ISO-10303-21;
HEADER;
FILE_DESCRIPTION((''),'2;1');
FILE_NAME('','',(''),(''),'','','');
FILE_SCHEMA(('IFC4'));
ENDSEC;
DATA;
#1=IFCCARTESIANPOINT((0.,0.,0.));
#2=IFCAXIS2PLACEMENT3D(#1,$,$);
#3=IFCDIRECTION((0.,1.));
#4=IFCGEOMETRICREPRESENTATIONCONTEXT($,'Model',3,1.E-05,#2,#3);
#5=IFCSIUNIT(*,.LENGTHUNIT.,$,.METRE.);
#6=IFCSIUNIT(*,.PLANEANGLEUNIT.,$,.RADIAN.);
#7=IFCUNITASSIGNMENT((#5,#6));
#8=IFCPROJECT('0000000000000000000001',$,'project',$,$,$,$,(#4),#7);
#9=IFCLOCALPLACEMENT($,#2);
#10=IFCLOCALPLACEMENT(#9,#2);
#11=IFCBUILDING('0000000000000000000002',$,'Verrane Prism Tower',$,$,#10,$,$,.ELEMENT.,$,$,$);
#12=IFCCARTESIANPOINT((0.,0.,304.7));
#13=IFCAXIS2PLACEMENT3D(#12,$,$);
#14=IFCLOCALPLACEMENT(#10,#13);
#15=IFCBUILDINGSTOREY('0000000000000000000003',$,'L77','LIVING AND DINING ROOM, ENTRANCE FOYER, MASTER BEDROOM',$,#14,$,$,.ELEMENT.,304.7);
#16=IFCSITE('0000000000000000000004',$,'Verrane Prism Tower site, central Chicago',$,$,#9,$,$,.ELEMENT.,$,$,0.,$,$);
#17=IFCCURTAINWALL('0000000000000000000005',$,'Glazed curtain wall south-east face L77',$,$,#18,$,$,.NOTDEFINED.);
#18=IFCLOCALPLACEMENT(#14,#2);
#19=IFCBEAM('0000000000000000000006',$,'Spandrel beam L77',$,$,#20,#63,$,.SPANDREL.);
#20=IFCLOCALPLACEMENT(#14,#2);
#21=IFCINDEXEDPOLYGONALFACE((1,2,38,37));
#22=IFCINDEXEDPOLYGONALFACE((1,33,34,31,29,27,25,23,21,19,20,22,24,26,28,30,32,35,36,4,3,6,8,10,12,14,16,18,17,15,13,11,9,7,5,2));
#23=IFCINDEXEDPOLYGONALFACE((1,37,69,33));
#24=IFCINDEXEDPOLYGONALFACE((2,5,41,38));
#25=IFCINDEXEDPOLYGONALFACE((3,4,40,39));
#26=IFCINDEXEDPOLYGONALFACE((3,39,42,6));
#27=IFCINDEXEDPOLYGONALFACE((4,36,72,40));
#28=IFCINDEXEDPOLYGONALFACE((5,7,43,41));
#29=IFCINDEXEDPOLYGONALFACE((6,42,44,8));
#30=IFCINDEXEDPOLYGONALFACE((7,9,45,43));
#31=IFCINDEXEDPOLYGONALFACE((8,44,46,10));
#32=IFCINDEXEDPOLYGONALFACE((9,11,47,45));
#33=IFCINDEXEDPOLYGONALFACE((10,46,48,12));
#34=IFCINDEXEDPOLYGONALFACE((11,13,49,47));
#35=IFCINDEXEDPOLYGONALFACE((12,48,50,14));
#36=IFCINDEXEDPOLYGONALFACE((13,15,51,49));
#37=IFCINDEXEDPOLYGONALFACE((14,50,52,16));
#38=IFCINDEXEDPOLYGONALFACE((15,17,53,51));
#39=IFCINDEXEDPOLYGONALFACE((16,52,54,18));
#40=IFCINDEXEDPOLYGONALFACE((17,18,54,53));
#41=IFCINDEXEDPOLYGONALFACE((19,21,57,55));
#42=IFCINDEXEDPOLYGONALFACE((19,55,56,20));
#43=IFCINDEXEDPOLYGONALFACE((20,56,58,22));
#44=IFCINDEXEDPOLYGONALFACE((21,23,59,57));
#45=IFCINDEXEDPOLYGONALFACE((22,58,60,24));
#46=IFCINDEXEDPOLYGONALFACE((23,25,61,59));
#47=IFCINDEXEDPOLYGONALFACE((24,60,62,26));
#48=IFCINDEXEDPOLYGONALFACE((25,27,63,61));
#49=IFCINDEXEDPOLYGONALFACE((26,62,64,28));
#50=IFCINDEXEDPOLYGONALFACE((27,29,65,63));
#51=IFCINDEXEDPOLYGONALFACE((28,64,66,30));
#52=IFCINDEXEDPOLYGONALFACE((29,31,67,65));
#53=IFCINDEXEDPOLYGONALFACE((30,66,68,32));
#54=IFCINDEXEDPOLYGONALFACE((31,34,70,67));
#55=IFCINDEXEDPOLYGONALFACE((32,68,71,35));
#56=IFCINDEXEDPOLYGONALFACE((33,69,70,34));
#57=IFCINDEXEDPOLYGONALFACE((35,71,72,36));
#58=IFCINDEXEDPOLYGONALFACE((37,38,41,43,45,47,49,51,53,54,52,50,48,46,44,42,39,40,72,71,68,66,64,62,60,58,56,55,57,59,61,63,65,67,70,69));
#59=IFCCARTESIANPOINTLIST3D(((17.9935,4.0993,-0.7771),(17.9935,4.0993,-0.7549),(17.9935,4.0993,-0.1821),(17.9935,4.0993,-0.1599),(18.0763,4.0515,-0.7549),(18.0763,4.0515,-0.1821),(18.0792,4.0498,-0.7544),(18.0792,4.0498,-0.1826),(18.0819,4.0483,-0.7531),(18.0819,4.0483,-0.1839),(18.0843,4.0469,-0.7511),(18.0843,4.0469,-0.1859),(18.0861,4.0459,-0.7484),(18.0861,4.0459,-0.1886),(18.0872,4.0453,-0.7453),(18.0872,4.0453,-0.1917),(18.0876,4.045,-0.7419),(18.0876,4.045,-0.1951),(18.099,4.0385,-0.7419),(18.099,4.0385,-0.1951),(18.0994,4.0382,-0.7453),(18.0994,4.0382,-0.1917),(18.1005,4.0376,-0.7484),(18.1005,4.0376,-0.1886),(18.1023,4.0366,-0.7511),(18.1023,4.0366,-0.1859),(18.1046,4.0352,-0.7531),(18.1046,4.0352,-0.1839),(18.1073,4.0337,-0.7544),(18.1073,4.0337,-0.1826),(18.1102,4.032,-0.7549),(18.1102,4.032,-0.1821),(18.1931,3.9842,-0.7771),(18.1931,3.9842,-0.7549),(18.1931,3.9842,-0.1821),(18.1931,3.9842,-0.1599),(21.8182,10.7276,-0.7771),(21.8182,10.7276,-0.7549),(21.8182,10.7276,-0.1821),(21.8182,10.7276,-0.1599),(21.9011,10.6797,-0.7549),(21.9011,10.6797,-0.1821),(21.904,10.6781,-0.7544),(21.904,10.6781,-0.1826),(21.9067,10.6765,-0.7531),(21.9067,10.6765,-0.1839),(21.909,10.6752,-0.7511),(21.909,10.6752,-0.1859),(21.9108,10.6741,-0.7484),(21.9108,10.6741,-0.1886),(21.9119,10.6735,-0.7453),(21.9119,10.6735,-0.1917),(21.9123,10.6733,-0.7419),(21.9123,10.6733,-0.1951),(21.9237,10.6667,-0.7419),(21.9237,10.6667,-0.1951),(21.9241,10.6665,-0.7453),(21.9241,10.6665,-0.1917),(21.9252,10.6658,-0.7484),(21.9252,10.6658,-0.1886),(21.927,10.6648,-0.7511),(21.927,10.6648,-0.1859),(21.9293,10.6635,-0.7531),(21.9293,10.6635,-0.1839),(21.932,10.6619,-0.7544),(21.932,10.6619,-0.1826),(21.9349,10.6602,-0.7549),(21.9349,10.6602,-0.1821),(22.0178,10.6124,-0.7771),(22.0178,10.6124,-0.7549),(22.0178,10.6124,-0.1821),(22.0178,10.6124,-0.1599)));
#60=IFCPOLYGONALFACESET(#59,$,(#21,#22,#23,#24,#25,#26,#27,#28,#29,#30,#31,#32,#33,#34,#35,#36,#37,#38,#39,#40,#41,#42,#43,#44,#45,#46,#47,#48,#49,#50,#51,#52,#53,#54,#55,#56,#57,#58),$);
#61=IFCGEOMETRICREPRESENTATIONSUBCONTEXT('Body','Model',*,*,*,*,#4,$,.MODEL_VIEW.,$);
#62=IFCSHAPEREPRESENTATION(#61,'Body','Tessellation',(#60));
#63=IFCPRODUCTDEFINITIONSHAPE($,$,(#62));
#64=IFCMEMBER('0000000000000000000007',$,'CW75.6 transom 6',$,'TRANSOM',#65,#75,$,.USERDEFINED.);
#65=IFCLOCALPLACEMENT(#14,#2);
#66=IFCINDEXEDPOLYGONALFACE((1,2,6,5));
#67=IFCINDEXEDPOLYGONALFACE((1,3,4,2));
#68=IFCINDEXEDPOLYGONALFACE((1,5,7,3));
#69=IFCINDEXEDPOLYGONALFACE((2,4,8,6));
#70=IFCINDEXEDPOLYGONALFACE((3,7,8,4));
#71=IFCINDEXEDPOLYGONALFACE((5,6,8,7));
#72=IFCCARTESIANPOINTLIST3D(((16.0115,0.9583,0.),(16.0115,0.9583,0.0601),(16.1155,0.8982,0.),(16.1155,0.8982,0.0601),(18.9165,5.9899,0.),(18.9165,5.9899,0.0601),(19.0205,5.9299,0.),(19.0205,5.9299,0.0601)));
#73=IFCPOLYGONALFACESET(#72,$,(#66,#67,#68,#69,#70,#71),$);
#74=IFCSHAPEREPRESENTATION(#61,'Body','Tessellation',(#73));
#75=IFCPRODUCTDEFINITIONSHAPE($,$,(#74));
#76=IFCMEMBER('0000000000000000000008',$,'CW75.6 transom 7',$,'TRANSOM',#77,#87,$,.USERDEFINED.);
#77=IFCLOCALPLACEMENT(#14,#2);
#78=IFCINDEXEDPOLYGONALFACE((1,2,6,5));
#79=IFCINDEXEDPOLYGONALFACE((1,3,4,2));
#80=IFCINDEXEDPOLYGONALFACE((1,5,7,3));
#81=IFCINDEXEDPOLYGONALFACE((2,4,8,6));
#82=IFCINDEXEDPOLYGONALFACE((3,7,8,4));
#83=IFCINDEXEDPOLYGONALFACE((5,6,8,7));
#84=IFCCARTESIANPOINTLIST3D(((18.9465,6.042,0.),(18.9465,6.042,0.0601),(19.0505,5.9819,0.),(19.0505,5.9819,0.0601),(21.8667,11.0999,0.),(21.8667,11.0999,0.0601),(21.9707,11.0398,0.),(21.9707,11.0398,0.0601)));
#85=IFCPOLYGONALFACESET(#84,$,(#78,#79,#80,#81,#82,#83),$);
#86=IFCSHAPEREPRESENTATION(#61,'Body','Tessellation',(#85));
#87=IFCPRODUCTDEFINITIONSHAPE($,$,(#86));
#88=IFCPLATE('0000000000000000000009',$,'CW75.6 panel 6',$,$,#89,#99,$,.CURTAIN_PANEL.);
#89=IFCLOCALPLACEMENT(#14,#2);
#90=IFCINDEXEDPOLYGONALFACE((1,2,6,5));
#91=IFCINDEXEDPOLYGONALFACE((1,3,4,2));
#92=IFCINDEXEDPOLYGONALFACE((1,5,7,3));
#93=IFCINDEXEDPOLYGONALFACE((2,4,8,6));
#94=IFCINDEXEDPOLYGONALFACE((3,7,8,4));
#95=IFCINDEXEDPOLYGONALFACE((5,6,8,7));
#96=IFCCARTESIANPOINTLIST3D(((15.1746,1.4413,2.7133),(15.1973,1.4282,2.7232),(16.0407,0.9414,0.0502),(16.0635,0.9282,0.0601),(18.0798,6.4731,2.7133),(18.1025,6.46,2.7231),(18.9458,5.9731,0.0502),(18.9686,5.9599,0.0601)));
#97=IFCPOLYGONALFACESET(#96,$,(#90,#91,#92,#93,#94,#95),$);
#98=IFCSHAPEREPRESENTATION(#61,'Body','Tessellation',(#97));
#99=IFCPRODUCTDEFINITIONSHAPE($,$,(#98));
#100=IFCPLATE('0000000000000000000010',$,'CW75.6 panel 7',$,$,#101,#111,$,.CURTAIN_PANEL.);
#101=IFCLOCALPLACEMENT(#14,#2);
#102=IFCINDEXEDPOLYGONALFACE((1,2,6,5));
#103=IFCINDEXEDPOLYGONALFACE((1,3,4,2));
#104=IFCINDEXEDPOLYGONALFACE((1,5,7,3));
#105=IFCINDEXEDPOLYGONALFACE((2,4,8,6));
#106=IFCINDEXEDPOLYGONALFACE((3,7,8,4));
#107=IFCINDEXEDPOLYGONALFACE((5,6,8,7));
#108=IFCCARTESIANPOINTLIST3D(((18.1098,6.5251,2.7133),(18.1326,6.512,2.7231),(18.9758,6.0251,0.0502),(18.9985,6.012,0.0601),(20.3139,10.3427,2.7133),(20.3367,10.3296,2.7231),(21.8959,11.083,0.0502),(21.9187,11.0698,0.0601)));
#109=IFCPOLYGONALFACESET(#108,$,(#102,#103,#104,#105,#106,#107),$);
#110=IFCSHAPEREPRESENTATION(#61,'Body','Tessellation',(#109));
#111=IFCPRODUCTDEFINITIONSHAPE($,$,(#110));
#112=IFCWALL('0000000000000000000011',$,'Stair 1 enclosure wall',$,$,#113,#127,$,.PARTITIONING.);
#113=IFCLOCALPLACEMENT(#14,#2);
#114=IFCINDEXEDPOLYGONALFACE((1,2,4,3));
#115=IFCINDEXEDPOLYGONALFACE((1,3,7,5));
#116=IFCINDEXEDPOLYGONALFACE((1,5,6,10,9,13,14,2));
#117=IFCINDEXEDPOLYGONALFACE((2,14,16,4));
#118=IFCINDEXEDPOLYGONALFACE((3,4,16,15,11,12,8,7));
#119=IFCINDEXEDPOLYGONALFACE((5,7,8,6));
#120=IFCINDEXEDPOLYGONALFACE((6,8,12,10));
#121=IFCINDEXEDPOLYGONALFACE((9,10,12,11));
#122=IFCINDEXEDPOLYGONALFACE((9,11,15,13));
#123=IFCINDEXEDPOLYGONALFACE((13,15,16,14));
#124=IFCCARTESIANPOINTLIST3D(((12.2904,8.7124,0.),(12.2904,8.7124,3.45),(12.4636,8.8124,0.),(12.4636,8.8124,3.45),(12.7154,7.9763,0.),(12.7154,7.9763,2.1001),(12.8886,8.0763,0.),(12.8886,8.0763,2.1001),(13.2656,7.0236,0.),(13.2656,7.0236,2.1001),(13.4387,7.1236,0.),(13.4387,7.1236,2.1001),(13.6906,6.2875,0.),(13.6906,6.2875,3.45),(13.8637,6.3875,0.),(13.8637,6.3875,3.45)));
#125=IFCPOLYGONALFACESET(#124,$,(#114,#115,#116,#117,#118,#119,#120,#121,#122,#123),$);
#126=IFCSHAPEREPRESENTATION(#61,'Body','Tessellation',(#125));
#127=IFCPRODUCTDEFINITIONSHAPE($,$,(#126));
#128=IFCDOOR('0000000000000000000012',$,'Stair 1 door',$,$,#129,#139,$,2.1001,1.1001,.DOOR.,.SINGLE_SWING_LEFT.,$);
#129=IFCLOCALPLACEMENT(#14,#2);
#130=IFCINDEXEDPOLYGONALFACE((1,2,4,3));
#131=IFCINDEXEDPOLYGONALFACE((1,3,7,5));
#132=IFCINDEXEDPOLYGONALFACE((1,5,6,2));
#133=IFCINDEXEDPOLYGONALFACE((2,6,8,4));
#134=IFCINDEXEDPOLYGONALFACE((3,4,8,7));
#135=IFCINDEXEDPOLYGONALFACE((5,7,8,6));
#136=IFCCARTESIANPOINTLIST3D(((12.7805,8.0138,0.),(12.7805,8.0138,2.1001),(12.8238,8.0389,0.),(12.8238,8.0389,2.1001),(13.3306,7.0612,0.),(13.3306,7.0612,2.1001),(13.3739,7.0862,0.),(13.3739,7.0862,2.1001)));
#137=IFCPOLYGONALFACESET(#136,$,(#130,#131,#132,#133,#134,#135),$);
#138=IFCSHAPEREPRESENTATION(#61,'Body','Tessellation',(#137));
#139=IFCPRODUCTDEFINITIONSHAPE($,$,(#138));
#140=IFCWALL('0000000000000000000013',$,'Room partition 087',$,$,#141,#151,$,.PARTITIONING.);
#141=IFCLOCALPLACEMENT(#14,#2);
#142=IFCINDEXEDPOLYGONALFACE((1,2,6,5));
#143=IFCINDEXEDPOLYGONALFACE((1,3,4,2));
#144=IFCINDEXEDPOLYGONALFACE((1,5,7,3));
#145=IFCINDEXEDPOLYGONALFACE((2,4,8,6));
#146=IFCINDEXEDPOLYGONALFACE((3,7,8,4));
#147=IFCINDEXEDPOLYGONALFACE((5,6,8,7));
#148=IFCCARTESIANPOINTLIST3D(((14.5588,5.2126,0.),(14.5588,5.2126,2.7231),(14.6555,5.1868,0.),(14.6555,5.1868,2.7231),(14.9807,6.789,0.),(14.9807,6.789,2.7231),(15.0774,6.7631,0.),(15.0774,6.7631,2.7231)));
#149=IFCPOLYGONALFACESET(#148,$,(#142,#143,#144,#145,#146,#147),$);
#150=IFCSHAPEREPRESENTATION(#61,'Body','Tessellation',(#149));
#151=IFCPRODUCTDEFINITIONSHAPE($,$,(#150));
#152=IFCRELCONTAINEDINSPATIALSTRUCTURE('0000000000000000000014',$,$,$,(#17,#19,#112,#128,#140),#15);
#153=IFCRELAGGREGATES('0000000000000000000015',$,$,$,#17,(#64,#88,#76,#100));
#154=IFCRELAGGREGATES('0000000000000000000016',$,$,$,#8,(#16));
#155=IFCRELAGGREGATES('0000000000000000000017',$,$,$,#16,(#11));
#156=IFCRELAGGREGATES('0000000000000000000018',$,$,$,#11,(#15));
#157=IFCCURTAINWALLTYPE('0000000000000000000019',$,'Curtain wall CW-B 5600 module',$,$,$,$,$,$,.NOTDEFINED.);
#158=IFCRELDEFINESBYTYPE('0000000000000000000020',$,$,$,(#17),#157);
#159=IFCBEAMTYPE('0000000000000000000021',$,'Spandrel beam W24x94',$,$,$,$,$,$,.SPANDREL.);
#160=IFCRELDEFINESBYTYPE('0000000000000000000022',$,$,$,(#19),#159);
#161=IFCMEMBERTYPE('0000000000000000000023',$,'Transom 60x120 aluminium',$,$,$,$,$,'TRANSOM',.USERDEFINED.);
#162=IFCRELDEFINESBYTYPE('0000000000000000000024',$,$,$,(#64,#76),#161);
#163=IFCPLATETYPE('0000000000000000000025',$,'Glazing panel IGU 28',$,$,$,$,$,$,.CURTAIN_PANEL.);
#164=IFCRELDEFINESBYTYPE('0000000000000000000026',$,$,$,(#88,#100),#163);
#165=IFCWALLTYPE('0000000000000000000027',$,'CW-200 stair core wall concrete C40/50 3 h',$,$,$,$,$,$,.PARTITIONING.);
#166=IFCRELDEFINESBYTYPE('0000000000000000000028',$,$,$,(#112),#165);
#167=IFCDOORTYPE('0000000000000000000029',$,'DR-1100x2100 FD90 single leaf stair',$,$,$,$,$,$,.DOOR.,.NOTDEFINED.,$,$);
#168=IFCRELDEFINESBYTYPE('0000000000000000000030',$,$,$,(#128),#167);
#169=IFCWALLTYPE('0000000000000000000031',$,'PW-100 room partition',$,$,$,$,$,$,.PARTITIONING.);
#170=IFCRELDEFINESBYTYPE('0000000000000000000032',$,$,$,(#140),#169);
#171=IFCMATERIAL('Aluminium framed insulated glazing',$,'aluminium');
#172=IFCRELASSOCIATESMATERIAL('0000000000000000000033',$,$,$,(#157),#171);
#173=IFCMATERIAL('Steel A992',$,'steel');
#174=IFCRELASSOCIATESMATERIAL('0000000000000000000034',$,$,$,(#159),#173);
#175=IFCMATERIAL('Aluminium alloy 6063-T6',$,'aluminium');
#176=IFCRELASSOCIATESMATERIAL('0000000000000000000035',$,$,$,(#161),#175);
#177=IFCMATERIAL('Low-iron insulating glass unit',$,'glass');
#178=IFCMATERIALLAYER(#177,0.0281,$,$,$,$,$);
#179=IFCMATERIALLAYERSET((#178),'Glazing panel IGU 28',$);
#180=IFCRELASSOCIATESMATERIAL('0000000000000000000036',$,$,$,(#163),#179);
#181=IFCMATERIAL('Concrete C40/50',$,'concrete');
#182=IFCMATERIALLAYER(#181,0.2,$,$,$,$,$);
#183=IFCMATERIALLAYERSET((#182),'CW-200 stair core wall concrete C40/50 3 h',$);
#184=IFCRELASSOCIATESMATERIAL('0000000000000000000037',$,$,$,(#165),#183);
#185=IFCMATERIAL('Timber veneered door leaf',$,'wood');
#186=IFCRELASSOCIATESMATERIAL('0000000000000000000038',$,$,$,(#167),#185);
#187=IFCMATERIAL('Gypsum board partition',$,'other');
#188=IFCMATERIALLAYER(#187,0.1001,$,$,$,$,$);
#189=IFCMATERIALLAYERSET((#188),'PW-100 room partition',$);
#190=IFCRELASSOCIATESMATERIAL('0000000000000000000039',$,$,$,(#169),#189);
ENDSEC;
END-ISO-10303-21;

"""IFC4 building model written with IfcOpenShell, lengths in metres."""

from ifc_helpers import new_model, si_unit, direction, frame, frame_2d, origin, origin_2d, place, context, subcontext, project, spatial, polyline, rectangle, i_section, outline, extrude, material, layer, layer_set, material_profile, profile_set, type_object, element, fill, aggregate, save


model = new_model("IFC4")

# Units and contexts
model_context = context("Model", 3, precision=1e-05, world=origin(), true_north=direction((0.0, 1.0)))
body_context = subcontext(model_context, "Body", "Model", "MODEL_VIEW")
ifc_project = project(units=[si_unit("LENGTHUNIT", "METRE"), si_unit("PLANEANGLEUNIT", "RADIAN")], contexts=[model_context])

# Site, building, storey
site_placement = place(None, origin())
site = spatial("IfcSite", under=ifc_project, at=site_placement, Name="Verrane Prism Tower site, central Chicago", CompositionType="ELEMENT", RefElevation=0.0)
building_placement = place(site_placement, origin())
building = spatial("IfcBuilding", under=site, at=building_placement, Name="Verrane Prism Tower", CompositionType="ELEMENT")
storey_placement = place(building_placement, frame((0.0, 0.0, 304.7)))
storey = spatial("IfcBuildingStorey", under=building, at=storey_placement, Name="L77", Description="LIVING AND DINING ROOM, ENTRANCE FOYER, MASTER BEDROOM", CompositionType="ELEMENT", Elevation=304.7)

# Curtain wall
ifc_material_1 = material(Name="Aluminium framed insulated glazing", Category="aluminium")
curtain_wall_type = type_object("IfcCurtainWallType", Name="Curtain wall CW-B 5600 module", PredefinedType="NOTDEFINED", material=ifc_material_1)
curtain_wall_placement = place(storey_placement, origin())
curtain_wall = element("IfcCurtainWall", 1, at=curtain_wall_placement, inside=storey, type_object=curtain_wall_type, Name="Glazed curtain wall south-east face L77", PredefinedType="NOTDEFINED")

# Beam
ifc_material_2 = material(Name="Steel A992", Category="steel")
ifc_material_profile_1 = material_profile(ifc_material_2, i_section(OverallWidth=0.2305, OverallDepth=0.6172, WebThickness=0.0132, FlangeThickness=0.0222, FilletRadius=0.0129, at=origin_2d()), Name="W24x94")
ifc_profile_set_1 = profile_set([ifc_material_profile_1], Name="Steel A992")
beam_type_1 = type_object("IfcBeamType", Name="Spandrel beam W24x94", PredefinedType="SPANDREL", material=ifc_profile_set_1)
beam_1_placement = place(storey_placement, frame((18.0933, 4.0417, -0.4685), z_axis=(0.499797, 0.866143, 0.0), x_axis=(-0.866143, 0.499797, 0.0)))
element("IfcBeam", 2, at=beam_1_placement, inside=storey, type_object=beam_type_1, Name="Spandrel beam L77", PredefinedType="SPANDREL", context=body_context, shape_type="SweptSolid", body=[
    extrude(i_section(OverallWidth=0.2305, OverallDepth=0.6172, WebThickness=0.0132, FlangeThickness=0.0222, FilletRadius=0.0129, at=origin_2d()), origin(), (0.0, 0.0, 1.0), 7.6526),
])

# Members
ifc_material_3 = material(Name="Aluminium alloy 6063-T6", Category="aluminium")
ifc_material_profile_2 = material_profile(ifc_material_3, rectangle(XDim=0.1201, YDim=0.0601, at=origin_2d()), Name="Transom 60x120 aluminium")
ifc_profile_set_2 = profile_set([ifc_material_profile_2], Name="Aluminium alloy 6063-T6")
member_type_1 = type_object("IfcMemberType", Name="Transom 60x120 aluminium", ElementType="TRANSOM", PredefinedType="USERDEFINED", material=ifc_profile_set_2)
member_1_placement = place(storey_placement, frame((16.0635, 0.9282, 0.03), z_axis=(0.499994, 0.866029, 0.0), x_axis=(-0.866029, 0.499994, 0.0)))
member_1 = element("IfcMember", 3, at=member_1_placement, type_object=member_type_1, Name="CW75.6 transom 6", ObjectType="TRANSOM", PredefinedType="USERDEFINED", context=body_context, shape_type="SweptSolid", body=[
    extrude(rectangle(XDim=0.1201, YDim=0.0601, at=origin_2d()), origin(), (0.0, 0.0, 1.0), 5.8101),
])
member_2_placement = place(storey_placement, frame((18.9985, 6.012, 0.03), z_axis=(0.500001, 0.866025, 0.0), x_axis=(-0.866025, 0.500001, 0.0)))
member_2 = element("IfcMember", 4, at=member_2_placement, type_object=member_type_1, Name="CW75.6 transom 7", ObjectType="TRANSOM", PredefinedType="USERDEFINED", context=body_context, shape_type="SweptSolid", body=[
    extrude(rectangle(XDim=0.1201, YDim=0.0601, at=origin_2d()), origin(), (0.0, 0.0, 1.0), 5.8403),
])

# Plates
ifc_material_4 = material(Name="Low-iron insulating glass unit", Category="glass")
ifc_layer_1 = layer(ifc_material_4, 0.0281)
ifc_layer_set_1 = layer_set([ifc_layer_1], Name="Glazing panel IGU 28")
plate_type = type_object("IfcPlateType", Name="Glazing panel IGU 28", PredefinedType="CURTAIN_PANEL", material=ifc_layer_set_1)
plate_1_placement = place(storey_placement, frame((16.0635, 0.9282, 0.0601), z_axis=(0.81074, -0.468093, 0.351554), x_axis=(0.500008, 0.866021, 0.000006)))
plate_1 = element("IfcPlate", 5, at=plate_1_placement, type_object=plate_type, Name="CW75.6 panel 6", PredefinedType="CURTAIN_PANEL", context=body_context, shape_type="SweptSolid", body=[
    extrude(outline(polyline([(0.0, 0.0), (5.8101, 0.0), (5.8102, 2.8446), (-0.0001, 2.8447), (0.0, 0.0)])), origin(), (0.0, 0.0, -1.0), 0.0281),
])
plate_2_placement = place(storey_placement, frame((18.9985, 6.012, 0.0601), z_axis=(0.810755, -0.46809, 0.351524), x_axis=(0.5, 0.866025, 0.0)))
plate_2 = element("IfcPlate", 6, at=plate_2_placement, type_object=plate_type, Name="CW75.6 panel 7", PredefinedType="CURTAIN_PANEL", context=body_context, shape_type="SweptSolid", body=[
    extrude(outline(polyline([(0.0, 0.0), (5.8403, 0.0), (4.4082, 2.8446), (0.0, 2.8446), (0.0, 0.0)])), origin(), (0.0, 0.0, -1.0), 0.0281),
])
aggregate(curtain_wall, [member_1, plate_1, member_2, plate_2])

# Wall, opening, door
ifc_material_5 = material(Name="Concrete C40/50", Category="concrete")
ifc_layer_2 = layer(ifc_material_5, 0.2)
ifc_layer_set_2 = layer_set([ifc_layer_2], Name="CW-200 stair core wall concrete C40/50 3 h")
wall_type_1 = type_object("IfcWallType", Name="CW-200 stair core wall concrete C40/50 3 h", PredefinedType="PARTITIONING", material=ifc_layer_set_2)
wall_1_placement = place(storey_placement, frame((13.7771, 6.3376, 0.0), z_axis=(0.0, 0.0, 1.0), x_axis=(-0.50005, 0.865997, 0.0)))
wall_1 = element("IfcWall", 7, at=wall_1_placement, inside=storey, type_object=wall_type_1, Name="Stair 1 enclosure wall", PredefinedType="PARTITIONING", context=body_context, shape_type="SweptSolid", body=[
    extrude(rectangle(XDim=2.8, YDim=0.2, at=frame_2d((1.3999, 0.0))), origin(), (0.0, 0.0, 1.0), 3.45),
])
opening_1_placement = place(wall_1_placement, frame((0.8499, 0.0, 0.0)))
opening_1 = element("IfcOpeningElement", 8, at=opening_1_placement, cuts=wall_1, PredefinedType="OPENING", context=body_context, shape_type="SweptSolid", body=[
    extrude(rectangle(XDim=1.1001, YDim=2.1001, at=frame_2d((0.55, 1.05))), frame((0.0, 0.1099, 0.0), z_axis=(0.0, -1.0, 0.0), x_axis=(1.0, 0.0, 0.0)), (0.0, 0.0, 1.0), 0.22),
])
ifc_material_6 = material(Name="Timber veneered door leaf", Category="wood")
door_type_1 = type_object("IfcDoorType", Name="DR-1100x2100 FD90 single leaf stair", OperationType="NOTDEFINED", PredefinedType="DOOR", material=ifc_material_6)
door_1_placement = place(opening_1_placement, origin())
door_1 = element("IfcDoor", 9, at=door_1_placement, inside=storey, type_object=door_type_1, Name="Stair 1 door", OperationType="SINGLE_SWING_LEFT", OverallHeight=2.1001, OverallWidth=1.1001, PredefinedType="DOOR", context=body_context, shape_type="SweptSolid", body=[
    extrude(rectangle(XDim=1.1001, YDim=2.1001, at=frame_2d((0.55, 1.05))), frame((0.0, 0.0249, 0.0), z_axis=(0.0, -1.0, 0.0), x_axis=(1.0, 0.0, 0.0)), (0.0, 0.0, 1.0), 0.05),
])
fill(opening_1, door_1)

# Wall
ifc_material_7 = material(Name="Gypsum board partition", Category="other")
ifc_layer_3 = layer(ifc_material_7, 0.1001)
ifc_layer_set_3 = layer_set([ifc_layer_3], Name="PW-100 room partition")
wall_type_2 = type_object("IfcWallType", Name="PW-100 room partition", PredefinedType="PARTITIONING", material=ifc_layer_set_3)
wall_2_placement = place(storey_placement, frame((14.6072, 5.1997, 0.0), z_axis=(0.0, 0.0, 1.0), x_axis=(0.258519, 0.966006, 0.0)))
element("IfcWall", 10, at=wall_2_placement, inside=storey, type_object=wall_type_2, Name="Room partition 087", PredefinedType="PARTITIONING", context=body_context, shape_type="SweptSolid", body=[
    extrude(rectangle(XDim=1.6318, YDim=0.1001, at=frame_2d((0.8159, 0.0))), origin(), (0.0, 0.0, 1.0), 2.7231),
])

save(model, "model.ifc")
